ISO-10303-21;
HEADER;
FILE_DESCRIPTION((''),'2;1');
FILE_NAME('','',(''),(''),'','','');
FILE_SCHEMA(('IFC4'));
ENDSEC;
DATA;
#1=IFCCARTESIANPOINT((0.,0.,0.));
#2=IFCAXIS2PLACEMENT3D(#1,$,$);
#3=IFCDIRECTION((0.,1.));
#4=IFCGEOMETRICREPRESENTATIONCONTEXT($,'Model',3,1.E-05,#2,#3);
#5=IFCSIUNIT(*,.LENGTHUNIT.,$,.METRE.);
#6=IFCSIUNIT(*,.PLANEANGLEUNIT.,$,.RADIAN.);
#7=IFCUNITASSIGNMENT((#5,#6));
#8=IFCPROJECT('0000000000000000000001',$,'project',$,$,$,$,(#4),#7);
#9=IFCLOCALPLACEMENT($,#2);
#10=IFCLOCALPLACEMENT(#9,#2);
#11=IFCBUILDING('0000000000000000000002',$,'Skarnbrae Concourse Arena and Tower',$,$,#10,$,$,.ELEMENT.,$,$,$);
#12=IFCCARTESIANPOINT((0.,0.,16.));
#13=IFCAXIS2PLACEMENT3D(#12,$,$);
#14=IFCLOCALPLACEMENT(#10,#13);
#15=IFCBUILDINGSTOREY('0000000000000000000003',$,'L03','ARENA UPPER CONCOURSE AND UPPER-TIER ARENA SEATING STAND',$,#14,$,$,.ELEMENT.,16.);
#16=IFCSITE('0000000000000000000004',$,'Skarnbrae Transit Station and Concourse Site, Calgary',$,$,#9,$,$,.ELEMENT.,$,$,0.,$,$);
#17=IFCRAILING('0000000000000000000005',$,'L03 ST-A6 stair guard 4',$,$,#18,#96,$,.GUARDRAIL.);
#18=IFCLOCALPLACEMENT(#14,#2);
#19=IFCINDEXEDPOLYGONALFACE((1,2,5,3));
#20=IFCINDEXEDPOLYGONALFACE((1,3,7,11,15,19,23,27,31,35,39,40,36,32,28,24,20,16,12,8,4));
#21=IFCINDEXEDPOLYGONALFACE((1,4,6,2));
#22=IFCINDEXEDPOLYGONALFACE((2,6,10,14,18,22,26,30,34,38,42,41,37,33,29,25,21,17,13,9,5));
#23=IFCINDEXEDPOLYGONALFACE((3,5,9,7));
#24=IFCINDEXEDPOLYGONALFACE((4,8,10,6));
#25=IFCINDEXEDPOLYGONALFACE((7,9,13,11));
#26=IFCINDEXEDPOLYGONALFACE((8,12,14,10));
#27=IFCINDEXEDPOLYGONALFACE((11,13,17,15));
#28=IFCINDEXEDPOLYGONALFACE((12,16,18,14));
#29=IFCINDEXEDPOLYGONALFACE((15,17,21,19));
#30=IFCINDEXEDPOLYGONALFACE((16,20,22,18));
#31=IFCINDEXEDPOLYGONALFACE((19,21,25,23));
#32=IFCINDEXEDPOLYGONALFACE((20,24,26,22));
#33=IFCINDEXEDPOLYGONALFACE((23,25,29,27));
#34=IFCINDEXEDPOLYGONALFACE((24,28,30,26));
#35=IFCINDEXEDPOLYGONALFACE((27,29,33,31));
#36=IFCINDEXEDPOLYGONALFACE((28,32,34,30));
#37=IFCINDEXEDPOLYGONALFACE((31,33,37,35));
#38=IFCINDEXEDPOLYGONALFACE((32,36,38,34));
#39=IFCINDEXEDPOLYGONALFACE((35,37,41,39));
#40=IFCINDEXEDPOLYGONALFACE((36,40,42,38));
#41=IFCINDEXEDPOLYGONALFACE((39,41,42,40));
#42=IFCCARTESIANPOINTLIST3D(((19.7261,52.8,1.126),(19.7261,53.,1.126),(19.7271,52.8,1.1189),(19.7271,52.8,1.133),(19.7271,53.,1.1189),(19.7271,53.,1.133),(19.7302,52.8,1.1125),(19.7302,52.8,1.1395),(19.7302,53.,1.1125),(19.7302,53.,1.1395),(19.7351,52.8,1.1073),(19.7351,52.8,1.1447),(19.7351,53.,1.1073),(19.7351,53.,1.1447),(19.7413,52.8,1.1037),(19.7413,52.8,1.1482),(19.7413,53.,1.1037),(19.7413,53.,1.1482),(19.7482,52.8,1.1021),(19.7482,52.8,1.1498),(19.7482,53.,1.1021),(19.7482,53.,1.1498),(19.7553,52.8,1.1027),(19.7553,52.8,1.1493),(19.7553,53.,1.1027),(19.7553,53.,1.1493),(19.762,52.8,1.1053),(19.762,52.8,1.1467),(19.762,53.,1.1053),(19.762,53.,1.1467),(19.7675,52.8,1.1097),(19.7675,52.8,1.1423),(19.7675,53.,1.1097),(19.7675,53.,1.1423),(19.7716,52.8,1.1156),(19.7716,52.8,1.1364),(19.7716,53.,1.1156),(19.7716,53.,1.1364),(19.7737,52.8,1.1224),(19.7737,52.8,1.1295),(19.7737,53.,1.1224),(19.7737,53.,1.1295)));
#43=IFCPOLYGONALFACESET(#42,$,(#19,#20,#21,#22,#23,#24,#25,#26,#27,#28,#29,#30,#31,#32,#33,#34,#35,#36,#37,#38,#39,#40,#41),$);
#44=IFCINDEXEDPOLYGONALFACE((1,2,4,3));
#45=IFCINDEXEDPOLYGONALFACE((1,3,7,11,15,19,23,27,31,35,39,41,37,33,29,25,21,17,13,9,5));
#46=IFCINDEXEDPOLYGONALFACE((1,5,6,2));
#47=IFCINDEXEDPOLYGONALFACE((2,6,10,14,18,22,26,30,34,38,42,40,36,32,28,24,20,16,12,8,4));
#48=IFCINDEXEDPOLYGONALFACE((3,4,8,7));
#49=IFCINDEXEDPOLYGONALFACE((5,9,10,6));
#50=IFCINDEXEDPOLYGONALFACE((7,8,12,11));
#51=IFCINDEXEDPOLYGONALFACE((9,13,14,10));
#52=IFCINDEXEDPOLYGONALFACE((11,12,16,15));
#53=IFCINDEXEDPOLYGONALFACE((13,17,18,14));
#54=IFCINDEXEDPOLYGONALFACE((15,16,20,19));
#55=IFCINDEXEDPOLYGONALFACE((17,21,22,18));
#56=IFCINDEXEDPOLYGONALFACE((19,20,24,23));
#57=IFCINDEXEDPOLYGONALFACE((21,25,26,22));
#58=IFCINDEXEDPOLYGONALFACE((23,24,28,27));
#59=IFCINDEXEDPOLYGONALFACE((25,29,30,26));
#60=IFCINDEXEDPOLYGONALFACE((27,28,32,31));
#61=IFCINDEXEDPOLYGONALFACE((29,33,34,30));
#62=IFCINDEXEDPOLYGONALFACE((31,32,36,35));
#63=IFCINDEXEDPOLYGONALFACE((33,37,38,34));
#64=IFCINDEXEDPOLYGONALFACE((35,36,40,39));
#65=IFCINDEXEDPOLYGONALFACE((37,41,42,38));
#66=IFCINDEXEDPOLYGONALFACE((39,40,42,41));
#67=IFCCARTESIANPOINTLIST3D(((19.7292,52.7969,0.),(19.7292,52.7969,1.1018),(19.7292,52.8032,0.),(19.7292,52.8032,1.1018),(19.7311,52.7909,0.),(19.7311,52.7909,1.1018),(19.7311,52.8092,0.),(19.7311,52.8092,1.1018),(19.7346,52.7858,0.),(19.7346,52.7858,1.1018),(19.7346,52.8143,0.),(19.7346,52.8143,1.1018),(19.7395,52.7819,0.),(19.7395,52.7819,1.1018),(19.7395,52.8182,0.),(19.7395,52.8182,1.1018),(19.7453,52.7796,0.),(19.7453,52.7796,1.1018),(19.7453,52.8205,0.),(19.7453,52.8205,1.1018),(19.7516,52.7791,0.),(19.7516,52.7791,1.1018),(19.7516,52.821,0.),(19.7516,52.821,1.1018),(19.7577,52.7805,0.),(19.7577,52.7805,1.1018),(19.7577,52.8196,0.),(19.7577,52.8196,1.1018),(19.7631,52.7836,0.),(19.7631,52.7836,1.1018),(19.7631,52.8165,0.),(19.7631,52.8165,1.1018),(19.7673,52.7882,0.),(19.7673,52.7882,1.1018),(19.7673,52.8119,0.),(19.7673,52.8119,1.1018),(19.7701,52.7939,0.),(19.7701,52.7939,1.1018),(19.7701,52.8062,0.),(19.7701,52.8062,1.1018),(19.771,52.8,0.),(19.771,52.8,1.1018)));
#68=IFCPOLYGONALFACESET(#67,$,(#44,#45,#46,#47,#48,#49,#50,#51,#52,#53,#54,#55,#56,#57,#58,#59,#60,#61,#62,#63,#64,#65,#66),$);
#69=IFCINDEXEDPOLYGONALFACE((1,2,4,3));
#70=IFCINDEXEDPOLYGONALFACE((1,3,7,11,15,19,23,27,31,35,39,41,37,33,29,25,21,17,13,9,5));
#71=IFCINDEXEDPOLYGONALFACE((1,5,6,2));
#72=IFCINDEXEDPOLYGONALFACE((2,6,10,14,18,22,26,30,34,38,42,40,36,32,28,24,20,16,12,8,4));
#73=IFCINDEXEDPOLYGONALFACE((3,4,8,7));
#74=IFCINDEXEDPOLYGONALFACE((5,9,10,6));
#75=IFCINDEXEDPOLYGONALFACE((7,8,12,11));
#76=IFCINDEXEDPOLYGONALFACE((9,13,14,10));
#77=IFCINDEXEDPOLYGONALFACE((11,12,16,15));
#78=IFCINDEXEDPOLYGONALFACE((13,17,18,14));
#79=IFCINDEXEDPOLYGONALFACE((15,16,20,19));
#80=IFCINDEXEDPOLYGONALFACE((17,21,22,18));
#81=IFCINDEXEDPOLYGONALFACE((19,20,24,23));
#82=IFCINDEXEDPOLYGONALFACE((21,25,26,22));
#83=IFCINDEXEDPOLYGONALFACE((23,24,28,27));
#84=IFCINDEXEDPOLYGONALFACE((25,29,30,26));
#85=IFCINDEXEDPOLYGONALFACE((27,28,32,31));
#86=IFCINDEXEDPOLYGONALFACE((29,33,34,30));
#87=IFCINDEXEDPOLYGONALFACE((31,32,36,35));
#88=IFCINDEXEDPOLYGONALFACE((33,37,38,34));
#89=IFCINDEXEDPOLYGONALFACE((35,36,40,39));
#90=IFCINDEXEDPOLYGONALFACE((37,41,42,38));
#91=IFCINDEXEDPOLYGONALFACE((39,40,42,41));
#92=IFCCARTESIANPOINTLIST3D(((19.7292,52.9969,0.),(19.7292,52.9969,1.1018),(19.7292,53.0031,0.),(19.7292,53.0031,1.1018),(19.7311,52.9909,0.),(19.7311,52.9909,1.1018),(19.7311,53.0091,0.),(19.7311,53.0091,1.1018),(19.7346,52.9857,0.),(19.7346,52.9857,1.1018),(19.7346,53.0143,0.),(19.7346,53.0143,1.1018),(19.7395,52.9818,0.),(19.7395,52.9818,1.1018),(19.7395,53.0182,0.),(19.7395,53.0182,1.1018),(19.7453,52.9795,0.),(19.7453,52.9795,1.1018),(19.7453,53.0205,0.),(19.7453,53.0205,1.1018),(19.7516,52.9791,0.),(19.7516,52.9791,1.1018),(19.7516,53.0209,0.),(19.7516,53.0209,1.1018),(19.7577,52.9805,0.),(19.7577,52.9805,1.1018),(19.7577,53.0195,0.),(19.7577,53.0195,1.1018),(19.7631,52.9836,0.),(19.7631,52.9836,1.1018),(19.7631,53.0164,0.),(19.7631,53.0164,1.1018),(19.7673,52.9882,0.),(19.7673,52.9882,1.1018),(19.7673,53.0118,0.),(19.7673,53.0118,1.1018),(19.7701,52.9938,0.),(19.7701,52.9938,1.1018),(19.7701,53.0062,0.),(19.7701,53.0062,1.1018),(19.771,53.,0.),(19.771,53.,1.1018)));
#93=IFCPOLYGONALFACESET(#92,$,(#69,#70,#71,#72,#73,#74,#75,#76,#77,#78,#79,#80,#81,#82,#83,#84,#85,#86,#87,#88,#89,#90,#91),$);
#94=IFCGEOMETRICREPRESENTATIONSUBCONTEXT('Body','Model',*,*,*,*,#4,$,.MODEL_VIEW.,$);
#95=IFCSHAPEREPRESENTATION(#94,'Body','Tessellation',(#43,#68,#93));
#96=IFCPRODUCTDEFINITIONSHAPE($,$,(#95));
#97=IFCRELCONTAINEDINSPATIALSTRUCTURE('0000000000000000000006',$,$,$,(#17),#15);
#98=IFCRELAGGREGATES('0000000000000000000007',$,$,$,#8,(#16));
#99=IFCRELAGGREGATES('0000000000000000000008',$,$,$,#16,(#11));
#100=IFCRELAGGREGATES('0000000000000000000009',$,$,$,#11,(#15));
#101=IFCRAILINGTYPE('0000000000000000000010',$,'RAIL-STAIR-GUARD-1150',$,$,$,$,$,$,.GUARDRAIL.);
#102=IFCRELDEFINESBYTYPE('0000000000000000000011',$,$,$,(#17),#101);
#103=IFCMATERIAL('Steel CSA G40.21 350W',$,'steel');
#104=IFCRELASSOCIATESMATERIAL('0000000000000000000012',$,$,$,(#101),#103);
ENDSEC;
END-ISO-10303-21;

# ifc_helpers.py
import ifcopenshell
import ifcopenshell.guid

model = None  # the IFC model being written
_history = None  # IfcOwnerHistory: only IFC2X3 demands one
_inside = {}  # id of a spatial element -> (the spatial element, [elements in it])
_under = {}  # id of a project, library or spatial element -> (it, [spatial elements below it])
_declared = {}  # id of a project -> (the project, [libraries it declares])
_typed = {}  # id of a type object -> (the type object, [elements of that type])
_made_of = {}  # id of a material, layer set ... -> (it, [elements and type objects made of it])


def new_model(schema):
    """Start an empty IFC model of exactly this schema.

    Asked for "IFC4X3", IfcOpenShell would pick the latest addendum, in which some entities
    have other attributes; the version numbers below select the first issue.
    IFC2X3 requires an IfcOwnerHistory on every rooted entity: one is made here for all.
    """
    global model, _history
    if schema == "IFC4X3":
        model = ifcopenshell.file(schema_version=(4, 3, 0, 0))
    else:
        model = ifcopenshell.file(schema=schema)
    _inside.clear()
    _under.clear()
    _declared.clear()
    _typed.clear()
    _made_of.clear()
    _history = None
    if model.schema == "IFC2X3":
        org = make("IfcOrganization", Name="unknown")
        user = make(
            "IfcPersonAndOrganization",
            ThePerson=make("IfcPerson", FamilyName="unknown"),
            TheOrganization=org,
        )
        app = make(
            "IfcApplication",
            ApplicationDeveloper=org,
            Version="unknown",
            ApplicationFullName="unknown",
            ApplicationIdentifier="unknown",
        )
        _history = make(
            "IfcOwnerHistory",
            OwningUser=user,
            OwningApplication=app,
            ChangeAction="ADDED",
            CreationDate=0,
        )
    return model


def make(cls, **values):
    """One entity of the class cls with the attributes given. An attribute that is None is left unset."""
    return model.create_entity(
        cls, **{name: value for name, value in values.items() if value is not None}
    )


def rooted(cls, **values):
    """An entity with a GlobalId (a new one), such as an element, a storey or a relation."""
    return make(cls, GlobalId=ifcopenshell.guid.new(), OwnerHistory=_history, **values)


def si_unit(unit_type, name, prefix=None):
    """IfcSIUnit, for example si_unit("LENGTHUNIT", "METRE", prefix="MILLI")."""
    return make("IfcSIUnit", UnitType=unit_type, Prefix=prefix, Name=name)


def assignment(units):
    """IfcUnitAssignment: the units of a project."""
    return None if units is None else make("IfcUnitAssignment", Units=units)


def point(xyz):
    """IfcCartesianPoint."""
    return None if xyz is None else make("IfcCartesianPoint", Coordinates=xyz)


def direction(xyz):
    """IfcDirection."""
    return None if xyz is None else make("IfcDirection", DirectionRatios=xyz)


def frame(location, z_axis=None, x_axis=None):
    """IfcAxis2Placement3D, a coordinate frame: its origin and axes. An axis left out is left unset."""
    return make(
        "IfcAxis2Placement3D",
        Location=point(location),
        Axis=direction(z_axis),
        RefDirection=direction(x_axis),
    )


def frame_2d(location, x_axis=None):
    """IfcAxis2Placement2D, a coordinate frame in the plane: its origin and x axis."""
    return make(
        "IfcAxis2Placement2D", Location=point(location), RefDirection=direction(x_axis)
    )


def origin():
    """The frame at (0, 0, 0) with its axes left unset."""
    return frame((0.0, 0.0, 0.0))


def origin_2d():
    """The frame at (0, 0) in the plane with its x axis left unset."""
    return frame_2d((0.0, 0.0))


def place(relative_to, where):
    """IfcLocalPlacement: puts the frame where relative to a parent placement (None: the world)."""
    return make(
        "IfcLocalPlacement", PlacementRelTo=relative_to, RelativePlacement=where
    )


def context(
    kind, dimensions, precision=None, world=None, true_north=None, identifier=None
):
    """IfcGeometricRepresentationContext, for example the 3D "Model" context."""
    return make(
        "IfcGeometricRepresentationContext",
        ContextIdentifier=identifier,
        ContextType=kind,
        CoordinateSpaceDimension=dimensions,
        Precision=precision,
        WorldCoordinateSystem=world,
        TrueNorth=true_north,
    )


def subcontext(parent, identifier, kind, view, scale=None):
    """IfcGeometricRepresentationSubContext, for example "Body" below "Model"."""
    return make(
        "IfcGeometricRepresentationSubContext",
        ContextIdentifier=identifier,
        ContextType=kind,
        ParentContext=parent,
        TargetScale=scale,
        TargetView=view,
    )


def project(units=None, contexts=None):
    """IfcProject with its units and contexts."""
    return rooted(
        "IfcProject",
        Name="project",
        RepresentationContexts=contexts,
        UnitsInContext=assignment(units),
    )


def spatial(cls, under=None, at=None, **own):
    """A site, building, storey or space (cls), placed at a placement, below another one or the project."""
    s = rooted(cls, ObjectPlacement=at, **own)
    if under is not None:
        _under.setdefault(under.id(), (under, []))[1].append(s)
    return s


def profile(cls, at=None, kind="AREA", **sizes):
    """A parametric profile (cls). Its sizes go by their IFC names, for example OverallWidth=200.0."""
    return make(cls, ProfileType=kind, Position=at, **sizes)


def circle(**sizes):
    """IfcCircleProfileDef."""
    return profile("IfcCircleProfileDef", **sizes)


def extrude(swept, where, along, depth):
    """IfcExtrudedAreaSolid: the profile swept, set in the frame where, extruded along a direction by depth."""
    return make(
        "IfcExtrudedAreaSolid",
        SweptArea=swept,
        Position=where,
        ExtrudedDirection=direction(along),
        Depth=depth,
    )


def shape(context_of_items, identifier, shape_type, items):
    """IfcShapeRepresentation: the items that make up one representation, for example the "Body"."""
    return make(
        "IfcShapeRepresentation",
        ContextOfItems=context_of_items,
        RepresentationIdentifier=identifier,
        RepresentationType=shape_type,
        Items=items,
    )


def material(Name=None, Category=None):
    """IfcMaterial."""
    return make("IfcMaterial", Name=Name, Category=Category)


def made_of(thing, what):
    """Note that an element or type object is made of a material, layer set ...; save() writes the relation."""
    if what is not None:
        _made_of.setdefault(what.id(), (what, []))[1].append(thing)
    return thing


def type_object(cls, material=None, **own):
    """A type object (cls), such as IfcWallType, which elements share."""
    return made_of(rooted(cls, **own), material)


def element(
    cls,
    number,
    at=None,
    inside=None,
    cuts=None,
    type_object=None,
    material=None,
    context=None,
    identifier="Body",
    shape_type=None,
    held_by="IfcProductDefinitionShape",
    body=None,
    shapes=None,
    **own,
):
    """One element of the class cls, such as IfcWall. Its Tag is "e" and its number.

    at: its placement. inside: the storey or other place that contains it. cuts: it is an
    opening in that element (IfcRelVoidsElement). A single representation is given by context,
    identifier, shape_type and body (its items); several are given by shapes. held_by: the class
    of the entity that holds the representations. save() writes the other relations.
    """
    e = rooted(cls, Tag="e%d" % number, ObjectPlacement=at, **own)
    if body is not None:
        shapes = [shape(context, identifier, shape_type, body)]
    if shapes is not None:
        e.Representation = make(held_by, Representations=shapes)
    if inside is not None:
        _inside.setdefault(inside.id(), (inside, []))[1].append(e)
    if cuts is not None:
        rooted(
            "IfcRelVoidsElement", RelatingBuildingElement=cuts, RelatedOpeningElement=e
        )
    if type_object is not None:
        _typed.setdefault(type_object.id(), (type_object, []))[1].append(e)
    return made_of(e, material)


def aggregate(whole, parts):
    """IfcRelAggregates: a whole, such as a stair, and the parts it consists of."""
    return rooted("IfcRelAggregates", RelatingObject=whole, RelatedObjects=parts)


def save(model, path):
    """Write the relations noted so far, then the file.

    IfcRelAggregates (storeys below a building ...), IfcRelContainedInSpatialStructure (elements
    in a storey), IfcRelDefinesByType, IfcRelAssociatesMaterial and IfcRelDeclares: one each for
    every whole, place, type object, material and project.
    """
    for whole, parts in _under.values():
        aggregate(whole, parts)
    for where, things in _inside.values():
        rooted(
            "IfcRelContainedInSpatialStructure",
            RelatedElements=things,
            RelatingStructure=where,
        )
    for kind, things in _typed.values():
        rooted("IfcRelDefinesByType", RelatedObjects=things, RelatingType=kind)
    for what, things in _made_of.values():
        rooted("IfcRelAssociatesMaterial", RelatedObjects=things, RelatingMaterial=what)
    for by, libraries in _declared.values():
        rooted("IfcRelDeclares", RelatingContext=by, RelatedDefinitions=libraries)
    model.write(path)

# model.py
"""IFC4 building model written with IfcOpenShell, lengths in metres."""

from ifc_helpers import new_model, si_unit, direction, frame, origin, origin_2d, place, context, subcontext, project, spatial, circle, extrude, material, type_object, element, save


model = new_model("IFC4")

# Units and contexts
model_context = context("Model", 3, precision=1e-05, world=origin(), true_north=direction((0.0, 1.0)))
body_context = subcontext(model_context, "Body", "Model", "MODEL_VIEW")
ifc_project = project(units=[si_unit("LENGTHUNIT", "METRE"), si_unit("PLANEANGLEUNIT", "RADIAN")], contexts=[model_context])

# Site, building, storey
site_placement = place(None, origin())
site = spatial("IfcSite", under=ifc_project, at=site_placement, Name="Skarnbrae Transit Station and Concourse Site, Calgary", CompositionType="ELEMENT", RefElevation=0.0)
building_placement = place(site_placement, origin())
building = spatial("IfcBuilding", under=site, at=building_placement, Name="Skarnbrae Concourse Arena and Tower", CompositionType="ELEMENT")
storey_placement = place(building_placement, frame((0.0, 0.0, 16.0)))
storey = spatial("IfcBuildingStorey", under=building, at=storey_placement, Name="L03", Description="ARENA UPPER CONCOURSE AND UPPER-TIER ARENA SEATING STAND", CompositionType="ELEMENT", Elevation=16.0)

# Shared definitions
ifc_material_1 = material(Name="Steel CSA G40.21 350W", Category="steel")

# Railing
railing_type_1 = type_object("IfcRailingType", Name="RAIL-STAIR-GUARD-1150", PredefinedType="GUARDRAIL", material=ifc_material_1)
railing_1_placement = place(storey_placement, frame((19.75, 52.8, 0.0)))
element("IfcRailing", 1, at=railing_1_placement, inside=storey, type_object=railing_type_1, Name="L03 ST-A6 stair guard 4", PredefinedType="GUARDRAIL", context=body_context, shape_type="SweptSolid", body=[
    extrude(circle(Radius=0.0239, at=origin_2d()), frame((0.0, 0.0, 1.126), z_axis=(0.0, 1.0, 0.0), x_axis=(-1.0, 0.0, 0.0)), (0.0, 0.0, 1.0), 0.2),
    extrude(circle(Radius=0.021, at=origin_2d()), origin(), (0.0, 0.0, 1.0), 1.1018),
    extrude(circle(Radius=0.021, at=origin_2d()), frame((0.0, 0.2, 0.0)), (0.0, 0.0, 1.0), 1.1018),
])

save(model, "model.ifc")
